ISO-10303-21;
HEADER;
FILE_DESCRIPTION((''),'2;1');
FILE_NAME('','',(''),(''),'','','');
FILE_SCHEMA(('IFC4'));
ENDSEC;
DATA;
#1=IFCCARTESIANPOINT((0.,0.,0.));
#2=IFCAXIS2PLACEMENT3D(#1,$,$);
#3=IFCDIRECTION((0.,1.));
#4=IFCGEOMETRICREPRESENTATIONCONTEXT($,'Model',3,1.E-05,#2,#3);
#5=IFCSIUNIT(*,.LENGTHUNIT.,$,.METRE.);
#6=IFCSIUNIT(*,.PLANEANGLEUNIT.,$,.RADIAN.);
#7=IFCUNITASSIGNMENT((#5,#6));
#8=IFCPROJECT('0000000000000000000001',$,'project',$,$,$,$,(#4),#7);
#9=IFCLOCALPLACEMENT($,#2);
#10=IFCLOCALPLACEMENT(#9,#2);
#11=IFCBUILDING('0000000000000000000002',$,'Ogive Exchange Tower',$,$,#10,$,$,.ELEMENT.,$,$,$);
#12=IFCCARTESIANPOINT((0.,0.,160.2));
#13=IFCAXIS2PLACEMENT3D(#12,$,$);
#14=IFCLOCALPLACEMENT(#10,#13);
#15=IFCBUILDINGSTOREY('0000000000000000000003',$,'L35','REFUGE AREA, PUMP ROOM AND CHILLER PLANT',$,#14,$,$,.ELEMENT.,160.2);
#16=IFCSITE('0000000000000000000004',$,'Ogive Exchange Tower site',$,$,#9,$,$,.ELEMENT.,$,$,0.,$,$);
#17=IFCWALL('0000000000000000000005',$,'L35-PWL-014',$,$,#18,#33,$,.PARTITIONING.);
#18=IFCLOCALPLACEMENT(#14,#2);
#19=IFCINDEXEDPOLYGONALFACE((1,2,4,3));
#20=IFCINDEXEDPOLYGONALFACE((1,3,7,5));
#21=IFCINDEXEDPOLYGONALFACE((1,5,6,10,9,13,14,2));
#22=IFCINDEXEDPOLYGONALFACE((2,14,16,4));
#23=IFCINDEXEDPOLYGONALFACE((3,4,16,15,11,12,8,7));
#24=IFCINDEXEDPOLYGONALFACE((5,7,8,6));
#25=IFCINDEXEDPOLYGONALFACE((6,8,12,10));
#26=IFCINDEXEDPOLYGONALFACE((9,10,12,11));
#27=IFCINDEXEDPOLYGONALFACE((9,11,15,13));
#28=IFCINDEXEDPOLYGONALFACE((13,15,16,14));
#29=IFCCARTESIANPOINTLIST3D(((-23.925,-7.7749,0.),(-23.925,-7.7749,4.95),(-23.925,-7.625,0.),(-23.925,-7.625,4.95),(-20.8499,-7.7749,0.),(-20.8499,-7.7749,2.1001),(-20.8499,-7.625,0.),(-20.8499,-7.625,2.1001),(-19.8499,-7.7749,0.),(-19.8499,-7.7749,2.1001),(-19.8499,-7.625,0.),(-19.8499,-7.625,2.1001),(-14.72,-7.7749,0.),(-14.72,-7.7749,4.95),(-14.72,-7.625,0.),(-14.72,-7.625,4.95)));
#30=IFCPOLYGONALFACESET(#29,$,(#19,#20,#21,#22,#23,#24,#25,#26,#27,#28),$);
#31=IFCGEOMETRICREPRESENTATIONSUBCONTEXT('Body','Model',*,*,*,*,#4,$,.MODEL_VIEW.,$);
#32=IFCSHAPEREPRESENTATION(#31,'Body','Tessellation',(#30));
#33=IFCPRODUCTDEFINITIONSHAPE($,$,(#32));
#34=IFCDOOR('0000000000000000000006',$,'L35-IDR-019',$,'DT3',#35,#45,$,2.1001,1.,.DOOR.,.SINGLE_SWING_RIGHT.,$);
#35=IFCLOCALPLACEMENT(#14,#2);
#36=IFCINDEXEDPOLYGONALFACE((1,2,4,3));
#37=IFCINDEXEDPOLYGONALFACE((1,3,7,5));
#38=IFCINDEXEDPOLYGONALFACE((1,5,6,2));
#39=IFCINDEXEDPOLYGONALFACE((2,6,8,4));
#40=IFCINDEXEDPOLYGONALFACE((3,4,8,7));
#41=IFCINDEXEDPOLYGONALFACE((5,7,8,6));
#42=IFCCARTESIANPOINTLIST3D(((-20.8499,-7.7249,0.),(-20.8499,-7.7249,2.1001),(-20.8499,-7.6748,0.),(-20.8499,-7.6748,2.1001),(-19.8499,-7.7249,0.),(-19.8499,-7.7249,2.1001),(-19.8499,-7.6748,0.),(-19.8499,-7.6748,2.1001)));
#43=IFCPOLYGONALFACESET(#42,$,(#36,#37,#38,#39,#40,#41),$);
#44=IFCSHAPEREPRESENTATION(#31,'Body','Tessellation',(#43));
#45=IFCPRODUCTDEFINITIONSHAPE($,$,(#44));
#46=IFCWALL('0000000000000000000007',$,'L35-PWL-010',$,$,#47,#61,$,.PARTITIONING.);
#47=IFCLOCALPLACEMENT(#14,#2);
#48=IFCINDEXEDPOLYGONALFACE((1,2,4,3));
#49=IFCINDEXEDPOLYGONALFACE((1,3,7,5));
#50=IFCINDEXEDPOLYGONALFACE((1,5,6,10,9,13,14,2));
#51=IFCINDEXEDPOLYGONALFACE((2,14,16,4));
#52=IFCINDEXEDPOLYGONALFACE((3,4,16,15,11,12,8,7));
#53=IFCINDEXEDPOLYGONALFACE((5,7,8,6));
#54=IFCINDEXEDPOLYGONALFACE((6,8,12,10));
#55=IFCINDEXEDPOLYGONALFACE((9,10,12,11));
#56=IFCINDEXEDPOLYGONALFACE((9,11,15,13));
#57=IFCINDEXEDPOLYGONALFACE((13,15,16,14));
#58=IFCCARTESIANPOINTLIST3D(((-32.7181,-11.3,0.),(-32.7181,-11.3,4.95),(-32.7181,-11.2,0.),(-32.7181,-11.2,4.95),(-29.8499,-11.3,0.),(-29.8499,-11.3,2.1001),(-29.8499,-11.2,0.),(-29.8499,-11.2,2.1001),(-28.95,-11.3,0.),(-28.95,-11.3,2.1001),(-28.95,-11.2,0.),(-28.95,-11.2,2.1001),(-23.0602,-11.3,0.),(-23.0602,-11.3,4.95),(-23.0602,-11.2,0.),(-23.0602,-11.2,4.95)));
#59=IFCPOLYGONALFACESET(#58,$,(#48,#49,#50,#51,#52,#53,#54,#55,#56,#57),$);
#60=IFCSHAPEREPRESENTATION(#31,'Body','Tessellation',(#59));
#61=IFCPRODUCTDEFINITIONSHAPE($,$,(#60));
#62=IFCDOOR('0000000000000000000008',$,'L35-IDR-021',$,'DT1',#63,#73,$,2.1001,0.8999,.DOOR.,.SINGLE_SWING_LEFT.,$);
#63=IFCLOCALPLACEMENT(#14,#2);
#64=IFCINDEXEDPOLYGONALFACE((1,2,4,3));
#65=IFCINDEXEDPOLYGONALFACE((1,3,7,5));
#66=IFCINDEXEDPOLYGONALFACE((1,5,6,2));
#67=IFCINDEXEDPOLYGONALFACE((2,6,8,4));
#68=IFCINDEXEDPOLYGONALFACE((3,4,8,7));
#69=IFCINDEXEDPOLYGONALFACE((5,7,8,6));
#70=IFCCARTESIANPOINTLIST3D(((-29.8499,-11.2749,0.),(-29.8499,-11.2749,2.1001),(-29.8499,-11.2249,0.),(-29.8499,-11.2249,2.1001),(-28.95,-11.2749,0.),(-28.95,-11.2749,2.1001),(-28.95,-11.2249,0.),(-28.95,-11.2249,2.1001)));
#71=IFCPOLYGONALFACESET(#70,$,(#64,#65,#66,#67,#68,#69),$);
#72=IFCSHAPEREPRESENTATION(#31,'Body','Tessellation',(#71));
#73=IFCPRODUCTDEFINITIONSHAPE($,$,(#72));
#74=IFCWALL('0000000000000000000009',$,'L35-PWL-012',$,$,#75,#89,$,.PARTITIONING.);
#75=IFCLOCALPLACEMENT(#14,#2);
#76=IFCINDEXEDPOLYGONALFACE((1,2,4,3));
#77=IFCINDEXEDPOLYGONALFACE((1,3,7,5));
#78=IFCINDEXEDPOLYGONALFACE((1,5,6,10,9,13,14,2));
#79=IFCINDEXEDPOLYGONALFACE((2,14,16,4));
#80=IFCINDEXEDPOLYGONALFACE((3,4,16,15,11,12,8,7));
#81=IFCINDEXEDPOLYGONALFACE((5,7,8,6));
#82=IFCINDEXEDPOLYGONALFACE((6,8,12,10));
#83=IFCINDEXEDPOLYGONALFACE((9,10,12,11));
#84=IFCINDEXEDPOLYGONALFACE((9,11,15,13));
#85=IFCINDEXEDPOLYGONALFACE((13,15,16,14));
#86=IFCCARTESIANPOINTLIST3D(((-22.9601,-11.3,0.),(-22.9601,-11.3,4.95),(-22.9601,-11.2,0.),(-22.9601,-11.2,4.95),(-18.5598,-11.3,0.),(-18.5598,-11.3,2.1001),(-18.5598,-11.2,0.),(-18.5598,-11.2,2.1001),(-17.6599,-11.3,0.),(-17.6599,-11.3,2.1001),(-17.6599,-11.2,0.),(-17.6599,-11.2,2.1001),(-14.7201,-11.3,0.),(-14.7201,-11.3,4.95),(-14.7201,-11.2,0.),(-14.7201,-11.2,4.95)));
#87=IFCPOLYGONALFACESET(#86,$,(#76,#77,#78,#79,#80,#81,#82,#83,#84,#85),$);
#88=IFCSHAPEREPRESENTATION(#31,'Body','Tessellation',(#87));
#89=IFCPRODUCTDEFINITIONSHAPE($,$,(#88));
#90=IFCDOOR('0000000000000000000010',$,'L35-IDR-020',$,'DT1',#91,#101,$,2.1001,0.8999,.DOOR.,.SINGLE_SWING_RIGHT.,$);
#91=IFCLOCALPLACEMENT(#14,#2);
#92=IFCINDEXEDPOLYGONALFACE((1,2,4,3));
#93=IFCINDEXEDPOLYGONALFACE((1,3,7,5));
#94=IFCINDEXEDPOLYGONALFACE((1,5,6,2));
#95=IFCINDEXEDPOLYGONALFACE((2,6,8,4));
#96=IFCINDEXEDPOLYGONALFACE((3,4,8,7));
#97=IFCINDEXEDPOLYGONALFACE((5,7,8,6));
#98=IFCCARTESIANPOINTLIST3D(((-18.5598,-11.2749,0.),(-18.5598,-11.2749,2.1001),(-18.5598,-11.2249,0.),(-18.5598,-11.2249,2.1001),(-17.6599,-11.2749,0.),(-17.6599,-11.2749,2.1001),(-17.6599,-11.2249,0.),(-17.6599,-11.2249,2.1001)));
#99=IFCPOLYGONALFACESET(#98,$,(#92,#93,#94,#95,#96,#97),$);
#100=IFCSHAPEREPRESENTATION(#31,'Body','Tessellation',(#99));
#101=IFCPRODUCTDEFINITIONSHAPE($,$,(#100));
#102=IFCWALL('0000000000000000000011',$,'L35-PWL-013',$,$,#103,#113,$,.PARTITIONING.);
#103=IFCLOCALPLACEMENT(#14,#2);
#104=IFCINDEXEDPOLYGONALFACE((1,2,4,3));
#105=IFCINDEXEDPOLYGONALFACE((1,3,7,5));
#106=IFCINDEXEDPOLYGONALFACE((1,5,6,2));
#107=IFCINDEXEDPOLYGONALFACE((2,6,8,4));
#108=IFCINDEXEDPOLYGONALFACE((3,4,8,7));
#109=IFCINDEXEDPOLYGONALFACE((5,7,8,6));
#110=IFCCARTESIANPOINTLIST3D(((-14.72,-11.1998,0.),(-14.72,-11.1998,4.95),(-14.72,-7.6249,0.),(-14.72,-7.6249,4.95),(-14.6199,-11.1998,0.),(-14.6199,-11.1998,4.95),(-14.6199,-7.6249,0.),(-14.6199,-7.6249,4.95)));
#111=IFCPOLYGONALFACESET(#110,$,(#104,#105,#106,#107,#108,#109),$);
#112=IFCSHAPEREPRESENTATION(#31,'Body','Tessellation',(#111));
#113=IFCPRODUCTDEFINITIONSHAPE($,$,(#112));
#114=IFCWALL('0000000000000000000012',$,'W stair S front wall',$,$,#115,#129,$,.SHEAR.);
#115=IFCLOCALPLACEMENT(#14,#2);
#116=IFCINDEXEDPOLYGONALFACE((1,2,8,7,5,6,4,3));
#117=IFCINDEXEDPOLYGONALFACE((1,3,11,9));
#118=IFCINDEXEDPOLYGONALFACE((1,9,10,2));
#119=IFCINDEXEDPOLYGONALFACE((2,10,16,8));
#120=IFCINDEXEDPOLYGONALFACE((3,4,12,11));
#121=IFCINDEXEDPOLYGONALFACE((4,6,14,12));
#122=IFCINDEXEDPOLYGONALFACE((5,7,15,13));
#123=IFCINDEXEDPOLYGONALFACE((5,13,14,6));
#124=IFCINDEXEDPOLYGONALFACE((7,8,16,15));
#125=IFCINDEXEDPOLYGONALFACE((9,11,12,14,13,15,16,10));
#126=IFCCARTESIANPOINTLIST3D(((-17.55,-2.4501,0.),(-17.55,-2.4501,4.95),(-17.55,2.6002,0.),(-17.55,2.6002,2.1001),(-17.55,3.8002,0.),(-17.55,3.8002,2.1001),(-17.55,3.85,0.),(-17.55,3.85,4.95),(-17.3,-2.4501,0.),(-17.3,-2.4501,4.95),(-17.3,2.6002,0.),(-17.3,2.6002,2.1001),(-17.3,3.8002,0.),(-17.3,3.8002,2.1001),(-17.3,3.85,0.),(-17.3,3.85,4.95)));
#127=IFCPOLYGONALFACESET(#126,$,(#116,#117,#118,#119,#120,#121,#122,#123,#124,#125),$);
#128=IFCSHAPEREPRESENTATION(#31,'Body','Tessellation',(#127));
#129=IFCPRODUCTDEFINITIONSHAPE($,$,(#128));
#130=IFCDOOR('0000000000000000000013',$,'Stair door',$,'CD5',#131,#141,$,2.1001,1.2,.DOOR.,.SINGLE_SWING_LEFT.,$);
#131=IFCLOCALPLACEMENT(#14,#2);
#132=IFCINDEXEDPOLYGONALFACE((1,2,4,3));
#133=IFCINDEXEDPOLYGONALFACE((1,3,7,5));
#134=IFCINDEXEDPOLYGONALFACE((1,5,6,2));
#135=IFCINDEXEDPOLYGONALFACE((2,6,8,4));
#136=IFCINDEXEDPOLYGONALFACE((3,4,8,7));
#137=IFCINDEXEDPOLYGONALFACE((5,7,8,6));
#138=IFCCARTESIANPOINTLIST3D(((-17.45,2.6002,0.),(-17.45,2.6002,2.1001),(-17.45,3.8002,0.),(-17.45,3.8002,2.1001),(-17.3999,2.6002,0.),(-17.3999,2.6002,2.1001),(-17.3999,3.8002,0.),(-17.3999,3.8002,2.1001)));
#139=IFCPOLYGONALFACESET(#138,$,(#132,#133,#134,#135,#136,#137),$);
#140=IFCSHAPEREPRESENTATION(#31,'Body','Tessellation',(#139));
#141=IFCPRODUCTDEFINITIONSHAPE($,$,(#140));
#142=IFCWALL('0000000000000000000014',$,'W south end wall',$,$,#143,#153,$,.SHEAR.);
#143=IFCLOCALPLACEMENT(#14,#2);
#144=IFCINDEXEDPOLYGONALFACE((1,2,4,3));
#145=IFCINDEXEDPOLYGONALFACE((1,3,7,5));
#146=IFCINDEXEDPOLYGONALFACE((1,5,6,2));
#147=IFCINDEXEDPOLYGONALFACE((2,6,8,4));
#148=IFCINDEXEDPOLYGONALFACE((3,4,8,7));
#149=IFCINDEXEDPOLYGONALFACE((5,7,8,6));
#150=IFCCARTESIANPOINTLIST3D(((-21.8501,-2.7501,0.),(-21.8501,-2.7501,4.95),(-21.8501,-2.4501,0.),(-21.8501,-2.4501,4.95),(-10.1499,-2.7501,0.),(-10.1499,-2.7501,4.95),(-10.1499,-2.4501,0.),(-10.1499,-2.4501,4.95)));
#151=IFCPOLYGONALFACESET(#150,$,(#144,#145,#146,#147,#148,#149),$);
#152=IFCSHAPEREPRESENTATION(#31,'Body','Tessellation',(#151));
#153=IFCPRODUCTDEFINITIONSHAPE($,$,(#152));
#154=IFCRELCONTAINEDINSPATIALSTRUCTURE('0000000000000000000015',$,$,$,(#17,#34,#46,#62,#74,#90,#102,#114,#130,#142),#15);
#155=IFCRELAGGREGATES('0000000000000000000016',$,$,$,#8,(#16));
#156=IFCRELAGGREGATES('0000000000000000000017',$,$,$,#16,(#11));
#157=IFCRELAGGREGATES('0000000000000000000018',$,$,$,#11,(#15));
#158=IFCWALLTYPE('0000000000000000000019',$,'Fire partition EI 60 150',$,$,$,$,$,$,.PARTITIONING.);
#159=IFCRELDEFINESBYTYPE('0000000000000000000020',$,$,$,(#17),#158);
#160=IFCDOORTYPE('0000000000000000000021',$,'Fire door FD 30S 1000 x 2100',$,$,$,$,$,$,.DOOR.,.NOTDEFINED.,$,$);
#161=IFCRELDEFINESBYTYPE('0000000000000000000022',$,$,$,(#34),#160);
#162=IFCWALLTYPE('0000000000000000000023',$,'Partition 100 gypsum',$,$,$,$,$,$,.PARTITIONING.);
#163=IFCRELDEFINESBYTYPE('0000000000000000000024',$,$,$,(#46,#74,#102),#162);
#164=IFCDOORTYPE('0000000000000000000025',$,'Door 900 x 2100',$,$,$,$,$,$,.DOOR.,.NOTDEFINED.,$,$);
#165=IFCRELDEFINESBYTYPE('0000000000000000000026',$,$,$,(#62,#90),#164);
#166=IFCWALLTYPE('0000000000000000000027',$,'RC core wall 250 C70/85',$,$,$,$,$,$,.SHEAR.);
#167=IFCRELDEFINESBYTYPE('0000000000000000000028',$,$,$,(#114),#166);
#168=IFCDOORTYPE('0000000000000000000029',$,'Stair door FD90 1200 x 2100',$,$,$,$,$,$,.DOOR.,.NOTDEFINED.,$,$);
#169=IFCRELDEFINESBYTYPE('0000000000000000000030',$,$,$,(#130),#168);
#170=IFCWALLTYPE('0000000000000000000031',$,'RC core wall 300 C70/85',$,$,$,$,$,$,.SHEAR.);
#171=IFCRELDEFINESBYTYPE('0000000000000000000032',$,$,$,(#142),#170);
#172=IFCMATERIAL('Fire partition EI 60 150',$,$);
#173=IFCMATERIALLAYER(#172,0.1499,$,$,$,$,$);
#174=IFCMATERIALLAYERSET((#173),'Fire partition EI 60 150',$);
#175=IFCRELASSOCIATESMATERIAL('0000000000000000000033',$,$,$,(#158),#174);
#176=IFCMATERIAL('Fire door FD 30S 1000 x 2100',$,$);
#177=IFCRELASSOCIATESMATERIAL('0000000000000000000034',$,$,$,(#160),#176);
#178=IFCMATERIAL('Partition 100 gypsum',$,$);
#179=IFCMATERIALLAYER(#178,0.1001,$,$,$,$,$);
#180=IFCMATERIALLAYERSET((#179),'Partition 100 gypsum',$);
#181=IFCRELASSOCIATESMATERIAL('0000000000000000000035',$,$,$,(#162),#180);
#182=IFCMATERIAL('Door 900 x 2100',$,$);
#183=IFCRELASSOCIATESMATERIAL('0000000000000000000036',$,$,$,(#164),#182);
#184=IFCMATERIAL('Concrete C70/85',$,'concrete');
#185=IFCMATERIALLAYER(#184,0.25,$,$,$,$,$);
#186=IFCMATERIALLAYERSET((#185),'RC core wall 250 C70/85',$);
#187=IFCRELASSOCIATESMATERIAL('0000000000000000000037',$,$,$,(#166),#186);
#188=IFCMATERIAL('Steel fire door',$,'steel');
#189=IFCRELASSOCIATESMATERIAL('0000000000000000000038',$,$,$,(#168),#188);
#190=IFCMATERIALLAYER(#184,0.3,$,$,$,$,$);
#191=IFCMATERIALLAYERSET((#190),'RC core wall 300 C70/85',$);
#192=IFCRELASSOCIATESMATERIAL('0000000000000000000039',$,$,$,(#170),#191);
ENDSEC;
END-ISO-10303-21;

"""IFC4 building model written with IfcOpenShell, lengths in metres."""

from ifc_helpers import new_model, si_unit, direction, frame, frame_2d, origin, place, context, subcontext, project, spatial, rectangle, extrude, material, layer, layer_set, type_object, element, fill, save


model = new_model("IFC4")

# Units and contexts
model_context = context("Model", 3, precision=1e-05, world=origin(), true_north=direction((0.0, 1.0)))
body_context = subcontext(model_context, "Body", "Model", "MODEL_VIEW")
ifc_project = project(units=[si_unit("LENGTHUNIT", "METRE"), si_unit("PLANEANGLEUNIT", "RADIAN")], contexts=[model_context])

# Site, building, storey
site_placement = place(None, origin())
site = spatial("IfcSite", under=ifc_project, at=site_placement, Name="Ogive Exchange Tower site", CompositionType="ELEMENT", RefElevation=0.0)
building_placement = place(site_placement, origin())
building = spatial("IfcBuilding", under=site, at=building_placement, Name="Ogive Exchange Tower", CompositionType="ELEMENT")
storey_placement = place(building_placement, frame((0.0, 0.0, 160.2)))
storey = spatial("IfcBuildingStorey", under=building, at=storey_placement, Name="L35", Description="REFUGE AREA, PUMP ROOM AND CHILLER PLANT", CompositionType="ELEMENT", Elevation=160.2)

# Walls, openings, doors
ifc_material_1 = material(Name="Fire partition EI 60 150")
ifc_layer_1 = layer(ifc_material_1, 0.1499)
ifc_layer_set_1 = layer_set([ifc_layer_1], Name="Fire partition EI 60 150")
wall_type_1 = type_object("IfcWallType", Name="Fire partition EI 60 150", PredefinedType="PARTITIONING", material=ifc_layer_set_1)
wall_1_placement = place(storey_placement, frame((-14.72, -7.7, 0.0), z_axis=(0.0, 0.0, 1.0), x_axis=(-1.0, 0.0, 0.0)))
wall_1 = element("IfcWall", 1, at=wall_1_placement, inside=storey, type_object=wall_type_1, Name="L35-PWL-014", PredefinedType="PARTITIONING", context=body_context, shape_type="SweptSolid", body=[
    extrude(rectangle(XDim=9.2051, YDim=0.1499, at=frame_2d((4.6025, 0.0))), origin(), (0.0, 0.0, 1.0), 4.95),
])
opening_1_placement = place(wall_1_placement, frame((5.1299, 0.0, 0.0)))
opening_1 = element("IfcOpeningElement", 2, at=opening_1_placement, cuts=wall_1, PredefinedType="OPENING", context=body_context, shape_type="SweptSolid", body=[
    extrude(rectangle(XDim=1.0, YDim=2.1001, at=frame_2d((0.5, 1.05))), frame((0.0, 0.085, 0.0), z_axis=(0.0, -1.0, 0.0), x_axis=(1.0, 0.0, 0.0)), (0.0, 0.0, 1.0), 0.1699),
])
ifc_material_2 = material(Name="Fire door FD 30S 1000 x 2100")
door_type_1 = type_object("IfcDoorType", Name="Fire door FD 30S 1000 x 2100", OperationType="NOTDEFINED", PredefinedType="DOOR", material=ifc_material_2)
door_1_placement = place(opening_1_placement, origin())
door_1 = element("IfcDoor", 3, at=door_1_placement, inside=storey, type_object=door_type_1, Name="L35-IDR-019", ObjectType="DT3", OperationType="SINGLE_SWING_RIGHT", OverallHeight=2.1001, OverallWidth=1.0, PredefinedType="DOOR", context=body_context, shape_type="SweptSolid", body=[
    extrude(rectangle(XDim=1.0, YDim=2.1001, at=frame_2d((0.5, 1.05))), frame((0.0, 0.0249, 0.0), z_axis=(0.0, -1.0, 0.0), x_axis=(1.0, 0.0, 0.0)), (0.0, 0.0, 1.0), 0.05),
])
fill(opening_1, door_1)
ifc_material_3 = material(Name="Partition 100 gypsum")
ifc_layer_2 = layer(ifc_material_3, 0.1001)
ifc_layer_set_2 = layer_set([ifc_layer_2], Name="Partition 100 gypsum")
wall_type_2 = type_object("IfcWallType", Name="Partition 100 gypsum", PredefinedType="PARTITIONING", material=ifc_layer_set_2)
wall_2_placement = place(storey_placement, frame((-23.0601, -11.25, 0.0), z_axis=(0.0, 0.0, 1.0), x_axis=(-1.0, 0.0, 0.0)))
wall_2 = element("IfcWall", 4, at=wall_2_placement, inside=storey, type_object=wall_type_2, Name="L35-PWL-010", PredefinedType="PARTITIONING", context=body_context, shape_type="SweptSolid", body=[
    extrude(rectangle(XDim=9.658, YDim=0.1001, at=frame_2d((4.8291, 0.0))), origin(), (0.0, 0.0, 1.0), 4.95),
])
opening_2_placement = place(wall_2_placement, frame((5.8899, 0.0, 0.0)))
opening_2 = element("IfcOpeningElement", 5, at=opening_2_placement, cuts=wall_2, PredefinedType="OPENING", context=body_context, shape_type="SweptSolid", body=[
    extrude(rectangle(XDim=0.8999, YDim=2.1001, at=frame_2d((0.45, 1.05))), frame((0.0, 0.0601, 0.0), z_axis=(0.0, -1.0, 0.0), x_axis=(1.0, 0.0, 0.0)), (0.0, 0.0, 1.0), 0.1201),
])
ifc_material_4 = material(Name="Door 900 x 2100")
door_type_2 = type_object("IfcDoorType", Name="Door 900 x 2100", OperationType="NOTDEFINED", PredefinedType="DOOR", material=ifc_material_4)
door_2_placement = place(opening_2_placement, origin())
door_2 = element("IfcDoor", 6, at=door_2_placement, inside=storey, type_object=door_type_2, Name="L35-IDR-021", ObjectType="DT1", OperationType="SINGLE_SWING_LEFT", OverallHeight=2.1001, OverallWidth=0.8999, PredefinedType="DOOR", context=body_context, shape_type="SweptSolid", body=[
    extrude(rectangle(XDim=0.8999, YDim=2.1001, at=frame_2d((0.45, 1.05))), frame((0.0, 0.0249, 0.0), z_axis=(0.0, -1.0, 0.0), x_axis=(1.0, 0.0, 0.0)), (0.0, 0.0, 1.0), 0.05),
])
fill(opening_2, door_2)
wall_3_placement = place(storey_placement, frame((-14.72, -11.25, 0.0), z_axis=(0.0, 0.0, 1.0), x_axis=(-1.0, 0.0, 0.0)))
wall_3 = element("IfcWall", 7, at=wall_3_placement, inside=storey, type_object=wall_type_2, Name="L35-PWL-012", PredefinedType="PARTITIONING", context=body_context, shape_type="SweptSolid", body=[
    extrude(rectangle(XDim=8.24, YDim=0.1001, at=frame_2d((4.1201, 0.0))), origin(), (0.0, 0.0, 1.0), 4.95),
])
opening_3_placement = place(wall_3_placement, frame((2.9399, 0.0, 0.0)))
opening_3 = element("IfcOpeningElement", 8, at=opening_3_placement, cuts=wall_3, PredefinedType="OPENING", context=body_context, shape_type="SweptSolid", body=[
    extrude(rectangle(XDim=0.8999, YDim=2.1001, at=frame_2d((0.45, 1.05))), frame((0.0, 0.0601, 0.0), z_axis=(0.0, -1.0, 0.0), x_axis=(1.0, 0.0, 0.0)), (0.0, 0.0, 1.0), 0.1201),
])
door_3_placement = place(opening_3_placement, origin())
door_3 = element("IfcDoor", 9, at=door_3_placement, inside=storey, type_object=door_type_2, Name="L35-IDR-020", ObjectType="DT1", OperationType="SINGLE_SWING_RIGHT", OverallHeight=2.1001, OverallWidth=0.8999, PredefinedType="DOOR", context=body_context, shape_type="SweptSolid", body=[
    extrude(rectangle(XDim=0.8999, YDim=2.1001, at=frame_2d((0.45, 1.05))), frame((0.0, 0.0249, 0.0), z_axis=(0.0, -1.0, 0.0), x_axis=(1.0, 0.0, 0.0)), (0.0, 0.0, 1.0), 0.05),
])
fill(opening_3, door_3)

# Wall
wall_4_placement = place(storey_placement, frame((-14.6699, -11.2, 0.0), z_axis=(0.0, 0.0, 1.0), x_axis=(0.0, 1.0, 0.0)))
element("IfcWall", 10, at=wall_4_placement, inside=storey, type_object=wall_type_2, Name="L35-PWL-013", PredefinedType="PARTITIONING", context=body_context, shape_type="SweptSolid", body=[
    extrude(rectangle(XDim=3.575, YDim=0.1001, at=frame_2d((1.7876, 0.0))), origin(), (0.0, 0.0, 1.0), 4.95),
])

# Wall, opening, door
ifc_material_5 = material(Name="Concrete C70/85", Category="concrete")
ifc_layer_3 = layer(ifc_material_5, 0.25)
ifc_layer_set_3 = layer_set([ifc_layer_3], Name="RC core wall 250 C70/85")
wall_type_3 = type_object("IfcWallType", Name="RC core wall 250 C70/85", PredefinedType="SHEAR", material=ifc_layer_set_3)
wall_5_placement = place(storey_placement, frame((-17.425, -2.45, 0.0), z_axis=(0.0, 0.0, 1.0), x_axis=(0.0, 1.0, 0.0)))
wall_5 = element("IfcWall", 11, at=wall_5_placement, inside=storey, type_object=wall_type_3, Name="W stair S front wall", PredefinedType="SHEAR", context=body_context, shape_type="SweptSolid", body=[
    extrude(rectangle(XDim=6.3, YDim=0.25, at=frame_2d((3.1499, 0.0))), origin(), (0.0, 0.0, 1.0), 4.95),
])
opening_4_placement = place(wall_5_placement, frame((5.05, 0.0, 0.0)))
opening_4 = element("IfcOpeningElement", 12, at=opening_4_placement, cuts=wall_5, PredefinedType="OPENING", context=body_context, shape_type="SweptSolid", body=[
    extrude(rectangle(XDim=1.2, YDim=2.1001, at=frame_2d((0.6001, 1.05))), frame((0.0, 0.135, 0.0), z_axis=(0.0, -1.0, 0.0), x_axis=(1.0, 0.0, 0.0)), (0.0, 0.0, 1.0), 0.27),
])
ifc_material_6 = material(Name="Steel fire door", Category="steel")
door_type_3 = type_object("IfcDoorType", Name="Stair door FD90 1200 x 2100", OperationType="NOTDEFINED", PredefinedType="DOOR", material=ifc_material_6)
door_4_placement = place(opening_4_placement, origin())
door_4 = element("IfcDoor", 13, at=door_4_placement, inside=storey, type_object=door_type_3, Name="Stair door", ObjectType="CD5", OperationType="SINGLE_SWING_LEFT", OverallHeight=2.1001, OverallWidth=1.2, PredefinedType="DOOR", context=body_context, shape_type="SweptSolid", body=[
    extrude(rectangle(XDim=1.2, YDim=2.1001, at=frame_2d((0.6001, 1.05))), frame((0.0, 0.0249, 0.0), z_axis=(0.0, -1.0, 0.0), x_axis=(1.0, 0.0, 0.0)), (0.0, 0.0, 1.0), 0.05),
])
fill(opening_4, door_4)

# Wall
ifc_layer_4 = layer(ifc_material_5, 0.3)
ifc_layer_set_4 = layer_set([ifc_layer_4], Name="RC core wall 300 C70/85")
wall_type_4 = type_object("IfcWallType", Name="RC core wall 300 C70/85", PredefinedType="SHEAR", material=ifc_layer_set_4)
wall_6_placement = place(storey_placement, frame((-21.8501, -2.6001, 0.0), z_axis=(0.0, 0.0, 1.0), x_axis=(1.0, 0.0, 0.0)))
element("IfcWall", 14, at=wall_6_placement, inside=storey, type_object=wall_type_4, Name="W south end wall", PredefinedType="SHEAR", context=body_context, shape_type="SweptSolid", body=[
    extrude(rectangle(XDim=11.7002, YDim=0.3, at=frame_2d((5.8501, 0.0))), origin(), (0.0, 0.0, 1.0), 4.95),
])

save(model, "model.ifc")
